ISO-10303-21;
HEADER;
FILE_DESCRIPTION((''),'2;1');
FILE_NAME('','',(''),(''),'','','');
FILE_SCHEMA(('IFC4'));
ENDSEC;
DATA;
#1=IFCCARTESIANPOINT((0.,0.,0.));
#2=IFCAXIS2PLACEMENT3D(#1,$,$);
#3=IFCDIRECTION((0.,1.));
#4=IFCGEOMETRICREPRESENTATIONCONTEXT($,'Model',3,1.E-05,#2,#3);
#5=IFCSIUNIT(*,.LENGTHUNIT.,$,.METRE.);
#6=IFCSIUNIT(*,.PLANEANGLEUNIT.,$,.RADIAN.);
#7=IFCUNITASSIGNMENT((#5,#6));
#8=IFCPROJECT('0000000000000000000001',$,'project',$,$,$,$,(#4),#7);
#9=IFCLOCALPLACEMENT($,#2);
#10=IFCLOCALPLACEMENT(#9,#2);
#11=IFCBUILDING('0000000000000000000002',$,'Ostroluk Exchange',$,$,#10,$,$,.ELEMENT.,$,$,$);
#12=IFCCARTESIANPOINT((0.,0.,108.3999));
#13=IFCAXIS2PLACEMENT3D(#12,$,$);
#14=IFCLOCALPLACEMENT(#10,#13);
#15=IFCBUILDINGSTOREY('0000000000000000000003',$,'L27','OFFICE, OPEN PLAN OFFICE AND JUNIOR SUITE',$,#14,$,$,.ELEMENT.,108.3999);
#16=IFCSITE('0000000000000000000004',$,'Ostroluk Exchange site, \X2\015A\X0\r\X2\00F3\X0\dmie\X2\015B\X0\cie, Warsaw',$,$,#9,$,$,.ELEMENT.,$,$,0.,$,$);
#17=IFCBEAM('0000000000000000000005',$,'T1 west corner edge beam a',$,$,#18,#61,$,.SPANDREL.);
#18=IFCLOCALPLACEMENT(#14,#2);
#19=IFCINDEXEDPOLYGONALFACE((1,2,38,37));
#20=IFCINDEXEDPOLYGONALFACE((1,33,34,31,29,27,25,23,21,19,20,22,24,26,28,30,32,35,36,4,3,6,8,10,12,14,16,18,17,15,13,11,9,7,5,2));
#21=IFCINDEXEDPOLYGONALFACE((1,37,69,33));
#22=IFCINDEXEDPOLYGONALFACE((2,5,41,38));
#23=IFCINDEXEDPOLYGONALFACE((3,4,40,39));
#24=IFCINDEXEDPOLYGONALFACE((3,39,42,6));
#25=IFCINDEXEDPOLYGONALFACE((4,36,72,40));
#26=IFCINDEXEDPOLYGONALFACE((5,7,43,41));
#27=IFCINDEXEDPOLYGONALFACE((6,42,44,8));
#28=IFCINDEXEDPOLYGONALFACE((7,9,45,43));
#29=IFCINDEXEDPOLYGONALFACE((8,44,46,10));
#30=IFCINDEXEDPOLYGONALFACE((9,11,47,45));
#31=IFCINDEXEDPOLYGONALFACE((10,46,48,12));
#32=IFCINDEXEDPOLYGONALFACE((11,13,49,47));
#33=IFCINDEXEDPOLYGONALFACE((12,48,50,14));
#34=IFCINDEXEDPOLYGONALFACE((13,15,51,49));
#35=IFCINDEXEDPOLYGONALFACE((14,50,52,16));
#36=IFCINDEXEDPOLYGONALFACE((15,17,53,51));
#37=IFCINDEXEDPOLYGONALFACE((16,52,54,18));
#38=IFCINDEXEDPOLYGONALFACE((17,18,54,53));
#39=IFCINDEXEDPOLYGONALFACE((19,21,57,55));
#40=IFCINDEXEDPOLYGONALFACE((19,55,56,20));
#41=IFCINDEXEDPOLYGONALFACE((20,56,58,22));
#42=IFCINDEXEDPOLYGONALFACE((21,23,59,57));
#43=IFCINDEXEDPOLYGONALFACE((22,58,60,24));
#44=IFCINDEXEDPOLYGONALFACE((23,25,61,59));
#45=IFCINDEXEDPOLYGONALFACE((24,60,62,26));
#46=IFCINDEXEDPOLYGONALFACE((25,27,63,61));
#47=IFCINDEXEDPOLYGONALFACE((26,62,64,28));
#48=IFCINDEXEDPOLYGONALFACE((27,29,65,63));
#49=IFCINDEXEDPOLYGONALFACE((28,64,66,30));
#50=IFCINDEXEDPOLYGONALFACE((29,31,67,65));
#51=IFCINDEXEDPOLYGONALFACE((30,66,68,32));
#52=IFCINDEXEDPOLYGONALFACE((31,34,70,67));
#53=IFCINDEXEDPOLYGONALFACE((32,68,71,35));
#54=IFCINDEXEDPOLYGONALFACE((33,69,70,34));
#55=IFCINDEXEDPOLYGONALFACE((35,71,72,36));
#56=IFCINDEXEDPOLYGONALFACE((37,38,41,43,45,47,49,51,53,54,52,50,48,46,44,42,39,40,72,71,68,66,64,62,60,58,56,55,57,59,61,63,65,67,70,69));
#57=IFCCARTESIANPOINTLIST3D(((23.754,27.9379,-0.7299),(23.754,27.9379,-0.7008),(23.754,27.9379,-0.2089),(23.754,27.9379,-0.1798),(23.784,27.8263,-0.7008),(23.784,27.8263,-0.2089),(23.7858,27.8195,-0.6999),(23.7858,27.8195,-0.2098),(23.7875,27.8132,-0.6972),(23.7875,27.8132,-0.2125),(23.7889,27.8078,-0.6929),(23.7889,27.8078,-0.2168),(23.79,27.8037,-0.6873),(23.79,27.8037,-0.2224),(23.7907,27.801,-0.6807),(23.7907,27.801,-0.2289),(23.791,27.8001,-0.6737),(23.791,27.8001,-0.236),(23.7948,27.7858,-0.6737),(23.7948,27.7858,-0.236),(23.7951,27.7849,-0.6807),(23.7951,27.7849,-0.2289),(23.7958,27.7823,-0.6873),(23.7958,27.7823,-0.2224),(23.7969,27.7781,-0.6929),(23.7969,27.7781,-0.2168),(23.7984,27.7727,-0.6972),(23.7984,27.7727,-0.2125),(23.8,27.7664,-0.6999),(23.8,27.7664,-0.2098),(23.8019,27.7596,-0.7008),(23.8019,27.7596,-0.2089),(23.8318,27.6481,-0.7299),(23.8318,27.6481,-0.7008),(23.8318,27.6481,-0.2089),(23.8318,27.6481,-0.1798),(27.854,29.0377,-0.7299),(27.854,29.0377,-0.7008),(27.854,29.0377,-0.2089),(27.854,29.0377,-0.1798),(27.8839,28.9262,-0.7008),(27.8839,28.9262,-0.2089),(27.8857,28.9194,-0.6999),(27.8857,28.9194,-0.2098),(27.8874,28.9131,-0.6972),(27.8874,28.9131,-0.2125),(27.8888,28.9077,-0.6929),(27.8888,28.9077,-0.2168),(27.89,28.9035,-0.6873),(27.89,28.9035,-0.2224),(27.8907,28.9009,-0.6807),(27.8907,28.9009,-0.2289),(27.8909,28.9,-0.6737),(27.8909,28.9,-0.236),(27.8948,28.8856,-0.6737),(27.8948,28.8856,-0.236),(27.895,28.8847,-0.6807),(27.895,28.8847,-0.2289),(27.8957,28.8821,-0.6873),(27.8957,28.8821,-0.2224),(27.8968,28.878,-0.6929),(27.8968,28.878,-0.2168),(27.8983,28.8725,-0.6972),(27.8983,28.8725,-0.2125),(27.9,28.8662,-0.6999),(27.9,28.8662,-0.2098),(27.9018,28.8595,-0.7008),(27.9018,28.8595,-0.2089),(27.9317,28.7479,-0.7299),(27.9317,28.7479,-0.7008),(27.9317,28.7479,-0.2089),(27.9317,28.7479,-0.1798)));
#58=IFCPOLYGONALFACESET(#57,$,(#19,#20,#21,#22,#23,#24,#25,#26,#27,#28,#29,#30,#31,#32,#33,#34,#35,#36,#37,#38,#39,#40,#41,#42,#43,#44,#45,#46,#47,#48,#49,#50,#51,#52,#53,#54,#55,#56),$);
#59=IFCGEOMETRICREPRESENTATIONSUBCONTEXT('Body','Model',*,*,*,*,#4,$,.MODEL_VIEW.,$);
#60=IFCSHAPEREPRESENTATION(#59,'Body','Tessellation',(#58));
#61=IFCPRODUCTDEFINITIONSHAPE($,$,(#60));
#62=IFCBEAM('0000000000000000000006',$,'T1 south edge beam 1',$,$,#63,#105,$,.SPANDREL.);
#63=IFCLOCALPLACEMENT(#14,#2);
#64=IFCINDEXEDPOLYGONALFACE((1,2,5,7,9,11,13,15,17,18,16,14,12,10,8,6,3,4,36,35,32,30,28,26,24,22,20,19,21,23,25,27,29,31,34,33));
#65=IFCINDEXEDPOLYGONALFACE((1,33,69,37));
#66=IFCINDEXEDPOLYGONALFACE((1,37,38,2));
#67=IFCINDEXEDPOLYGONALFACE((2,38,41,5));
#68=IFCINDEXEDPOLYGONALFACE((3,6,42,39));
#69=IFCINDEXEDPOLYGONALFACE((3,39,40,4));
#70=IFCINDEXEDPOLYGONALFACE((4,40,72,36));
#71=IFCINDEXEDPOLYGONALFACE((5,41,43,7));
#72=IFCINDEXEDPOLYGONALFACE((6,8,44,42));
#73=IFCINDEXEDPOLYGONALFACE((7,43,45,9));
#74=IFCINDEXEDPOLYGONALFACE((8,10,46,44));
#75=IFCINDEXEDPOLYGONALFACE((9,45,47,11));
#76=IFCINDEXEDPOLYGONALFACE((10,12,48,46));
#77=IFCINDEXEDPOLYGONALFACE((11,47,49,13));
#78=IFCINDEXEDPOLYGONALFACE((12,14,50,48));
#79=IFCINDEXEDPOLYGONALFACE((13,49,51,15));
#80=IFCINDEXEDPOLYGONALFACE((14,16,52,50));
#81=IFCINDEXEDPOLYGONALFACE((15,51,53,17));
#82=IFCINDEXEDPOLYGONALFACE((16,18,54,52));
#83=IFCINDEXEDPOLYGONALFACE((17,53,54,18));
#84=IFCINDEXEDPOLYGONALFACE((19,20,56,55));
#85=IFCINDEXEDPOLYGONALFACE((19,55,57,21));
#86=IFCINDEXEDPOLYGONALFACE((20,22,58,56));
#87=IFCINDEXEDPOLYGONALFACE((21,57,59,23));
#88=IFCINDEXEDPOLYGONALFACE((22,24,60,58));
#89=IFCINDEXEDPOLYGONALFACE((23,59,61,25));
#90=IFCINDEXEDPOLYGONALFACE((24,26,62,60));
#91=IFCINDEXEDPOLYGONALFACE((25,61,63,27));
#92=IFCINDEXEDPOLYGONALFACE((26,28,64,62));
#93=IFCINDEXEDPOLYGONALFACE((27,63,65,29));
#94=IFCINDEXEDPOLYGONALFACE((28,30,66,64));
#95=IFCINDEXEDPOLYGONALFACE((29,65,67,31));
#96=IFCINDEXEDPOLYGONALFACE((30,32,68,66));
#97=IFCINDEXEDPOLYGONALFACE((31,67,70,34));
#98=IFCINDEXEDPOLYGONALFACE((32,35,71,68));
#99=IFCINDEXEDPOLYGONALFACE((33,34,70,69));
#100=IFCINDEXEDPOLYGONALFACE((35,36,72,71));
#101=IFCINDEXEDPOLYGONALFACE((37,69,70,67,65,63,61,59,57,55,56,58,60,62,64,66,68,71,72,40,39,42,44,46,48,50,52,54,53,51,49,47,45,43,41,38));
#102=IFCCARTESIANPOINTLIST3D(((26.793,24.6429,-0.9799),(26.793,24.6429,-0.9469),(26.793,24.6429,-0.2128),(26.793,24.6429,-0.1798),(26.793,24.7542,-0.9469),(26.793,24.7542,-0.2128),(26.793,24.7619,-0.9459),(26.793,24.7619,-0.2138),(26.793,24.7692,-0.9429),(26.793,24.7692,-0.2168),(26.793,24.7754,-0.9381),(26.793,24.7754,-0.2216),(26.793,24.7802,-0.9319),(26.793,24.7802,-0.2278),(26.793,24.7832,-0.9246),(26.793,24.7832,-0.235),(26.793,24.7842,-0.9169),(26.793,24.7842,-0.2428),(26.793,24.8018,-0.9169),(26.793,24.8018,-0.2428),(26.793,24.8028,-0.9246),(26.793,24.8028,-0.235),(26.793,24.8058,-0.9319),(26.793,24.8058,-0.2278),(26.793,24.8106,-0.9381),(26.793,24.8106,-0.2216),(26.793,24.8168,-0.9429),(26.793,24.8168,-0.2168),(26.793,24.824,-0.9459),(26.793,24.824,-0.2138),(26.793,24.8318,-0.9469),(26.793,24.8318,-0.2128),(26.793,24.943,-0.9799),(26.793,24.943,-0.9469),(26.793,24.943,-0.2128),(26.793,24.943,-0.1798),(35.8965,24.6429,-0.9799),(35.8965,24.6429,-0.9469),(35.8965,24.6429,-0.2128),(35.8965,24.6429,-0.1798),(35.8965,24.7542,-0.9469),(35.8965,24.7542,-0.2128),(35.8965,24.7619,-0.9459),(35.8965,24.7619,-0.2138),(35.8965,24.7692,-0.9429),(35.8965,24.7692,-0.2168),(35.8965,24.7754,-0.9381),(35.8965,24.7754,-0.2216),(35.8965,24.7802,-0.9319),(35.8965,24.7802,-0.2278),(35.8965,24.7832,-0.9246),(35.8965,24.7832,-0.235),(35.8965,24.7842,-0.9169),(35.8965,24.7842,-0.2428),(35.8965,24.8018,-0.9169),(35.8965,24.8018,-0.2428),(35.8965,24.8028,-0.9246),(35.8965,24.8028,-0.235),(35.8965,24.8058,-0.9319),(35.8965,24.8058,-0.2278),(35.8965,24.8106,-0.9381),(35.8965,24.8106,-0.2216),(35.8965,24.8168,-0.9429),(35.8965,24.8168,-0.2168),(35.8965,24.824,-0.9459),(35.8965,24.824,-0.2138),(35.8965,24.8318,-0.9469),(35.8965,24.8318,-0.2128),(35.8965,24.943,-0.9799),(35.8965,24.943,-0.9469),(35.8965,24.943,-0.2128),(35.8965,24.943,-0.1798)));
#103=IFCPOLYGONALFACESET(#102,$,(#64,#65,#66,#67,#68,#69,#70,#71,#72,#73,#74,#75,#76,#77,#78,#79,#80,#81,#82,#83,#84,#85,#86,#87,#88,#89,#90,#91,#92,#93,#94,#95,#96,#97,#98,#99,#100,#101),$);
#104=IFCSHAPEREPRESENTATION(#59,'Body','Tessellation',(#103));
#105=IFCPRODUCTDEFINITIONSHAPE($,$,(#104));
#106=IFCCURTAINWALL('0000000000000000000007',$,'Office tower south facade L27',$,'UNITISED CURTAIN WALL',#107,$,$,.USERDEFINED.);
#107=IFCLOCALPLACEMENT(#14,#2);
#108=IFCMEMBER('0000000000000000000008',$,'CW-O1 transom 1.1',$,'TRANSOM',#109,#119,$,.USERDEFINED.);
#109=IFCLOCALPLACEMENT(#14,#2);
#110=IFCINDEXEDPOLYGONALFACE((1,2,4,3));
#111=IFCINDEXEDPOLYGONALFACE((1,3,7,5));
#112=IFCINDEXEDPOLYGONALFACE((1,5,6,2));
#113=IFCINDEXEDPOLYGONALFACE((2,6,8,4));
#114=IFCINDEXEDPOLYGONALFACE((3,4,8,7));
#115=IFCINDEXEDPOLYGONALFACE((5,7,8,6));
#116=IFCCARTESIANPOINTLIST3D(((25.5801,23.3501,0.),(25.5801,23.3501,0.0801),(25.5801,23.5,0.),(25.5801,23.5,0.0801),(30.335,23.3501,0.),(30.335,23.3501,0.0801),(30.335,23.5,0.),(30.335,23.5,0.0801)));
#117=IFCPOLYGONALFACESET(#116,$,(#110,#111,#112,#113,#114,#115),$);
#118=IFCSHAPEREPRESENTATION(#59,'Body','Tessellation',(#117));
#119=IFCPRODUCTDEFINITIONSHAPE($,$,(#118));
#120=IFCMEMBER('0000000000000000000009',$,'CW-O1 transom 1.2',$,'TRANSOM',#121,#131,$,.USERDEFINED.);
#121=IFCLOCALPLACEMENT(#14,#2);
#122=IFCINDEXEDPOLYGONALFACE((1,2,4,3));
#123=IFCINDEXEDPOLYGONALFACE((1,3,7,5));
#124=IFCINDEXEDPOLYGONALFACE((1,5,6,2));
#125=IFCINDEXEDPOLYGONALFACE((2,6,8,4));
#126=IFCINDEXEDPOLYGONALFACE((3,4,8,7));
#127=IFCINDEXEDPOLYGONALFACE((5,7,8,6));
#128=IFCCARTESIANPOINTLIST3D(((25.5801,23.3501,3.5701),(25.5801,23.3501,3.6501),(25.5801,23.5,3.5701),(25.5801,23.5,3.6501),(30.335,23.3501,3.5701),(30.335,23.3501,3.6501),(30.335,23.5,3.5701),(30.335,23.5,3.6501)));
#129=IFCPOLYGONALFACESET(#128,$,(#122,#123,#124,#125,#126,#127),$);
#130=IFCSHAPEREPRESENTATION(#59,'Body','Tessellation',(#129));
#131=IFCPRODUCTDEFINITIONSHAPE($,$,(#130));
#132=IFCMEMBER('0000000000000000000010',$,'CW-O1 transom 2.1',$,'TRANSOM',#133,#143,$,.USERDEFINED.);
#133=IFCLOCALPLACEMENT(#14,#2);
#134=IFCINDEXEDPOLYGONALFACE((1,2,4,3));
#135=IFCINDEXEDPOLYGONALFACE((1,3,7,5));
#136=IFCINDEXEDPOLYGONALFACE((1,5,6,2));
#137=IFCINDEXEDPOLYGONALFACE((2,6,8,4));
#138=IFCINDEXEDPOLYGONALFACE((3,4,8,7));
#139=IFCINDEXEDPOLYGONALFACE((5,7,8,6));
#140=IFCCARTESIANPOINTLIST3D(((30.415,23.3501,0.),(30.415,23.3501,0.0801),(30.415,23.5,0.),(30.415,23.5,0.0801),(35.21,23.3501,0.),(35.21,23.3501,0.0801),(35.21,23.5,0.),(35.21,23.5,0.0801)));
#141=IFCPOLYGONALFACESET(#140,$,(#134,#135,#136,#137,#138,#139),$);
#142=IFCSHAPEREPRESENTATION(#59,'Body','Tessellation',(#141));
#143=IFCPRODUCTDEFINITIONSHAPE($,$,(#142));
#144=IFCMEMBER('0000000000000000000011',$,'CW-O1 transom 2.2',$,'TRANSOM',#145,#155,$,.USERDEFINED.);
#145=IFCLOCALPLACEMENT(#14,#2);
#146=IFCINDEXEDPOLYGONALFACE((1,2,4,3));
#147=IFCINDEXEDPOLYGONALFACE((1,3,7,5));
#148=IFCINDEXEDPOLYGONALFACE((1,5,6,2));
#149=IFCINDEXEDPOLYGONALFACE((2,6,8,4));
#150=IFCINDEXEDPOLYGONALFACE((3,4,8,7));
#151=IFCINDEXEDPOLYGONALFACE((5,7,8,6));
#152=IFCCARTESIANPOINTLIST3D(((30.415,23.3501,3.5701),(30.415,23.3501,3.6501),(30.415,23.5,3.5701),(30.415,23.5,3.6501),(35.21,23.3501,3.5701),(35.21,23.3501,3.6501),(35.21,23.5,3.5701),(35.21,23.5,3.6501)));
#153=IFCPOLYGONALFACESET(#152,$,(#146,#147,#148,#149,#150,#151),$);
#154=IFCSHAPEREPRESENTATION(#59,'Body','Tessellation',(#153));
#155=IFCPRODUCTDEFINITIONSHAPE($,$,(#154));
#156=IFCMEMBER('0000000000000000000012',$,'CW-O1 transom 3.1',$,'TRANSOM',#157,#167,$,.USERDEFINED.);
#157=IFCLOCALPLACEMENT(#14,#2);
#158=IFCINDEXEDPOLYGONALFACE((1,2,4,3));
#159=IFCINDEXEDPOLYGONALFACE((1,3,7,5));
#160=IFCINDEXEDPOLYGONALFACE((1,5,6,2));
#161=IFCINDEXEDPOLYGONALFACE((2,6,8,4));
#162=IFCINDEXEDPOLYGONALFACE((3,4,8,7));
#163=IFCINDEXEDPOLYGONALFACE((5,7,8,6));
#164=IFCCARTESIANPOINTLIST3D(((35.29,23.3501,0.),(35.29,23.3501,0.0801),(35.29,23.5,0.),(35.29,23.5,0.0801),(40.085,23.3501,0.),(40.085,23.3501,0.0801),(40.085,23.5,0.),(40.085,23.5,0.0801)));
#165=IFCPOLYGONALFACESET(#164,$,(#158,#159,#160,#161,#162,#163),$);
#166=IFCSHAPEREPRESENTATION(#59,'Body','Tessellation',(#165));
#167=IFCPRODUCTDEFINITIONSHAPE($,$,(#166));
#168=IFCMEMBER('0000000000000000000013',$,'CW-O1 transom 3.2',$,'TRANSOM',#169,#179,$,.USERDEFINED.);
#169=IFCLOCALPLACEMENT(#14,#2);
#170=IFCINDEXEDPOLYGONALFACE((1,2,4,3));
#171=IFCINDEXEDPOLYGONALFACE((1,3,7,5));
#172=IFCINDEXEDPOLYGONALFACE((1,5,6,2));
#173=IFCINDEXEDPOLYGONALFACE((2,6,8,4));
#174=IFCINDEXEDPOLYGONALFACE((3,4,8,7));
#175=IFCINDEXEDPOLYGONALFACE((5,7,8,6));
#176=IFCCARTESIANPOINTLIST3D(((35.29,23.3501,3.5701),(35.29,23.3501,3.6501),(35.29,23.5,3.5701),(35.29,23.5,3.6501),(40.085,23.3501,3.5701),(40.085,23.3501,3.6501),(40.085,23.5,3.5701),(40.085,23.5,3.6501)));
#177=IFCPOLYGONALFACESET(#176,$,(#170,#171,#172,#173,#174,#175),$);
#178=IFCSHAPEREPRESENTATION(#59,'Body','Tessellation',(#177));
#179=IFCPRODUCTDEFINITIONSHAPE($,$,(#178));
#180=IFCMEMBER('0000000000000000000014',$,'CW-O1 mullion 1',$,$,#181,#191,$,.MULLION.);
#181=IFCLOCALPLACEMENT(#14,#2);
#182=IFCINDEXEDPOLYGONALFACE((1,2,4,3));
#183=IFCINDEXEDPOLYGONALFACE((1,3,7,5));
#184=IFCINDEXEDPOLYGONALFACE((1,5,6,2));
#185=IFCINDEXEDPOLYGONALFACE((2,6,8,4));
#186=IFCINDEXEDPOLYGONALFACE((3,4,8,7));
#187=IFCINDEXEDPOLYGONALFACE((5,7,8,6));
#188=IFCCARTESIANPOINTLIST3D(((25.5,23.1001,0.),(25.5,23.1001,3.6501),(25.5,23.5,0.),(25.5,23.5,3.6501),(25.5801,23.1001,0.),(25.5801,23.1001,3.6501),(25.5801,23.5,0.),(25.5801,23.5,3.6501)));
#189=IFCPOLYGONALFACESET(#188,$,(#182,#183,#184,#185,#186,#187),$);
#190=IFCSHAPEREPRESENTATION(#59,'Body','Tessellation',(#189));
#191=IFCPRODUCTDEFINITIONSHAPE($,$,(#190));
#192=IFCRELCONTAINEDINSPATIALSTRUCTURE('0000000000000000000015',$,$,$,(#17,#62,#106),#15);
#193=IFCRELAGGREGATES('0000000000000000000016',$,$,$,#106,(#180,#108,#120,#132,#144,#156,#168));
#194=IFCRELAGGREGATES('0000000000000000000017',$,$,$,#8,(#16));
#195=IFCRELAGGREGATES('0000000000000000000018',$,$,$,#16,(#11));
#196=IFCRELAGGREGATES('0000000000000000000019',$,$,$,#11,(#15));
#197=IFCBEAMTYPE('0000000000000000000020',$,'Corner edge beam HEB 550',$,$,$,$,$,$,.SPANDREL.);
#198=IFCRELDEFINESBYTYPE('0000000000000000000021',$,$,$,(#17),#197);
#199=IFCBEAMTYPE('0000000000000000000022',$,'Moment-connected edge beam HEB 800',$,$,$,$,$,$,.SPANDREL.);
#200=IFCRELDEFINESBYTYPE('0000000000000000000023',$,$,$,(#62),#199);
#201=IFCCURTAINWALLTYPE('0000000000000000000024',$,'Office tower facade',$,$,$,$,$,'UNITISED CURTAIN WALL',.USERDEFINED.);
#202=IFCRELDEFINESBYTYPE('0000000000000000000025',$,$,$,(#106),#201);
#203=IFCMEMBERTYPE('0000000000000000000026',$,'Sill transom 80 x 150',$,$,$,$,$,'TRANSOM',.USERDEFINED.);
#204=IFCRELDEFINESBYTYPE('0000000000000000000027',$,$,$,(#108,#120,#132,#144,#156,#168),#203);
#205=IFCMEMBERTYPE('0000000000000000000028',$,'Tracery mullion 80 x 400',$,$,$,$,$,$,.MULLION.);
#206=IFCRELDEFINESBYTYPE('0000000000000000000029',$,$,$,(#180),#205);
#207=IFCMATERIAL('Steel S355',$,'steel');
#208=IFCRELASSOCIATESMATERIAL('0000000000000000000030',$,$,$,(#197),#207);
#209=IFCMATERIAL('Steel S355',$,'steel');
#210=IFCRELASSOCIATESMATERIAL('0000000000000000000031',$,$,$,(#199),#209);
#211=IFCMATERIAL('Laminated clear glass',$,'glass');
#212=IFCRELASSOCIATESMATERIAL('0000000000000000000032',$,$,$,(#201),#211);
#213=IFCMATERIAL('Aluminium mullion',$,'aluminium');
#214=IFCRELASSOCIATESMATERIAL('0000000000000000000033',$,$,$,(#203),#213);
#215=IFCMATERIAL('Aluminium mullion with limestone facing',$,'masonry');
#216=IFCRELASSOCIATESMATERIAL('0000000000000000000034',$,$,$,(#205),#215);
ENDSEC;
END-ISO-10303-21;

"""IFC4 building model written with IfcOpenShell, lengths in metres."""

from ifc_helpers import new_model, si_unit, direction, frame, origin, origin_2d, place, context, subcontext, project, spatial, rectangle, i_section, extrude, material, material_profile, profile_set, type_object, element, aggregate, save


model = new_model("IFC4")

# Units and contexts
model_context = context("Model", 3, precision=1e-05, world=origin(), true_north=direction((0.0, 1.0)))
body_context = subcontext(model_context, "Body", "Model", "MODEL_VIEW")
ifc_project = project(units=[si_unit("LENGTHUNIT", "METRE"), si_unit("PLANEANGLEUNIT", "RADIAN")], contexts=[model_context])

# Site, building, storey
site_placement = place(None, origin())
site = spatial("IfcSite", under=ifc_project, at=site_placement, Name="Ostroluk Exchange site, Śródmieście, Warsaw", CompositionType="ELEMENT", RefElevation=0.0)
building_placement = place(site_placement, origin())
building = spatial("IfcBuilding", under=site, at=building_placement, Name="Ostroluk Exchange", CompositionType="ELEMENT")
storey_placement = place(building_placement, frame((0.0, 0.0, 108.3999)))
storey = spatial("IfcBuildingStorey", under=building, at=storey_placement, Name="L27", Description="OFFICE, OPEN PLAN OFFICE AND JUNIOR SUITE", CompositionType="ELEMENT", Elevation=108.3999)

# Beams
ifc_material_1 = material(Name="Steel S355", Category="steel")
ifc_material_profile_1 = material_profile(ifc_material_1, i_section(OverallWidth=0.3, OverallDepth=0.55, WebThickness=0.0149, FlangeThickness=0.0291, FilletRadius=0.0271, at=origin_2d()), Name="HEB 550")
ifc_profile_set_1 = profile_set([ifc_material_profile_1], Name="Steel S355")
beam_type_1 = type_object("IfcBeamType", Name="Corner edge beam HEB 550", PredefinedType="SPANDREL", material=ifc_profile_set_1)
beam_1_placement = place(storey_placement, frame((27.8928, 28.8928, -0.4548), z_axis=(-0.965849, -0.259105, 0.0), x_axis=(0.259105, -0.965849, 0.0)))
element("IfcBeam", 1, at=beam_1_placement, inside=storey, type_object=beam_type_1, Name="T1 west corner edge beam a", PredefinedType="SPANDREL", context=body_context, shape_type="SweptSolid", body=[
    extrude(i_section(OverallWidth=0.3, OverallDepth=0.55, WebThickness=0.0149, FlangeThickness=0.0291, FilletRadius=0.0271, at=origin_2d()), origin(), (0.0, 0.0, 1.0), 4.2449),
])
ifc_material_2 = material(Name="Steel S355", Category="steel")
ifc_material_profile_2 = material_profile(ifc_material_2, i_section(OverallWidth=0.3, OverallDepth=0.8, WebThickness=0.0176, FlangeThickness=0.033, FilletRadius=0.03, at=origin_2d()), Name="HEB 800")
ifc_profile_set_2 = profile_set([ifc_material_profile_2], Name="Steel S355")
beam_type_2 = type_object("IfcBeamType", Name="Moment-connected edge beam HEB 800", PredefinedType="SPANDREL", material=ifc_profile_set_2)
beam_2_placement = place(storey_placement, frame((26.793, 24.793, -0.5798), z_axis=(1.0, 0.0, 0.0), x_axis=(0.0, 1.0, 0.0)))
element("IfcBeam", 2, at=beam_2_placement, inside=storey, type_object=beam_type_2, Name="T1 south edge beam 1", PredefinedType="SPANDREL", context=body_context, shape_type="SweptSolid", body=[
    extrude(i_section(OverallWidth=0.3, OverallDepth=0.8, WebThickness=0.0176, FlangeThickness=0.033, FilletRadius=0.03, at=origin_2d()), origin(), (0.0, 0.0, 1.0), 9.1035),
])

# Curtain wall, members
ifc_material_3 = material(Name="Laminated clear glass", Category="glass")
curtain_wall_type = type_object("IfcCurtainWallType", Name="Office tower facade", ElementType="UNITISED CURTAIN WALL", PredefinedType="USERDEFINED", material=ifc_material_3)
curtain_wall_placement = place(storey_placement, origin())
curtain_wall = element("IfcCurtainWall", 3, at=curtain_wall_placement, inside=storey, type_object=curtain_wall_type, Name="Office tower south facade L27", ObjectType="UNITISED CURTAIN WALL", PredefinedType="USERDEFINED")
ifc_material_4 = material(Name="Aluminium mullion", Category="aluminium")
ifc_material_profile_3 = material_profile(ifc_material_4, rectangle(XDim=0.1499, YDim=0.0801, at=origin_2d()), Name="Sill transom 80 x 150")
ifc_profile_set_3 = profile_set([ifc_material_profile_3], Name="Aluminium mullion")
member_type_1 = type_object("IfcMemberType", Name="Sill transom 80 x 150", ElementType="TRANSOM", PredefinedType="USERDEFINED", material=ifc_profile_set_3)
member_1_placement = place(storey_placement, frame((25.5801, 23.425, 0.04), z_axis=(1.0, 0.0, 0.0), x_axis=(0.0, 1.0, 0.0)))
member_1 = element("IfcMember", 4, at=member_1_placement, type_object=member_type_1, Name="CW-O1 transom 1.1", ObjectType="TRANSOM", PredefinedType="USERDEFINED", context=body_context, shape_type="SweptSolid", body=[
    extrude(rectangle(XDim=0.1499, YDim=0.0801, at=origin_2d()), origin(), (0.0, 0.0, 1.0), 4.7549),
])
member_2_placement = place(storey_placement, frame((25.5801, 23.425, 3.6101), z_axis=(1.0, 0.0, 0.0), x_axis=(0.0, 1.0, 0.0)))
member_2 = element("IfcMember", 5, at=member_2_placement, type_object=member_type_1, Name="CW-O1 transom 1.2", ObjectType="TRANSOM", PredefinedType="USERDEFINED", context=body_context, shape_type="SweptSolid", body=[
    extrude(rectangle(XDim=0.1499, YDim=0.0801, at=origin_2d()), origin(), (0.0, 0.0, 1.0), 4.7549),
])
member_3_placement = place(storey_placement, frame((30.415, 23.425, 0.04), z_axis=(1.0, 0.0, 0.0), x_axis=(0.0, 1.0, 0.0)))
member_3 = element("IfcMember", 6, at=member_3_placement, type_object=member_type_1, Name="CW-O1 transom 2.1", ObjectType="TRANSOM", PredefinedType="USERDEFINED", context=body_context, shape_type="SweptSolid", body=[
    extrude(rectangle(XDim=0.1499, YDim=0.0801, at=origin_2d()), origin(), (0.0, 0.0, 1.0), 4.7949),
])
member_4_placement = place(storey_placement, frame((30.415, 23.425, 3.6101), z_axis=(1.0, 0.0, 0.0), x_axis=(0.0, 1.0, 0.0)))
member_4 = element("IfcMember", 7, at=member_4_placement, type_object=member_type_1, Name="CW-O1 transom 2.2", ObjectType="TRANSOM", PredefinedType="USERDEFINED", context=body_context, shape_type="SweptSolid", body=[
    extrude(rectangle(XDim=0.1499, YDim=0.0801, at=origin_2d()), origin(), (0.0, 0.0, 1.0), 4.7949),
])
member_5_placement = place(storey_placement, frame((35.29, 23.425, 0.04), z_axis=(1.0, 0.0, 0.0), x_axis=(0.0, 1.0, 0.0)))
member_5 = element("IfcMember", 8, at=member_5_placement, type_object=member_type_1, Name="CW-O1 transom 3.1", ObjectType="TRANSOM", PredefinedType="USERDEFINED", context=body_context, shape_type="SweptSolid", body=[
    extrude(rectangle(XDim=0.1499, YDim=0.0801, at=origin_2d()), origin(), (0.0, 0.0, 1.0), 4.7949),
])
member_6_placement = place(storey_placement, frame((35.29, 23.425, 3.6101), z_axis=(1.0, 0.0, 0.0), x_axis=(0.0, 1.0, 0.0)))
member_6 = element("IfcMember", 9, at=member_6_placement, type_object=member_type_1, Name="CW-O1 transom 3.2", ObjectType="TRANSOM", PredefinedType="USERDEFINED", context=body_context, shape_type="SweptSolid", body=[
    extrude(rectangle(XDim=0.1499, YDim=0.0801, at=origin_2d()), origin(), (0.0, 0.0, 1.0), 4.7949),
])
ifc_material_5 = material(Name="Aluminium mullion with limestone facing", Category="masonry")
ifc_material_profile_4 = material_profile(ifc_material_5, rectangle(XDim=0.3999, YDim=0.0801, at=origin_2d()), Name="Tracery mullion 80 x 400")
ifc_profile_set_4 = profile_set([ifc_material_profile_4], Name="Aluminium mullion with limestone facing")
member_type_2 = type_object("IfcMemberType", Name="Tracery mullion 80 x 400", PredefinedType="MULLION", material=ifc_profile_set_4)
member_7_placement = place(storey_placement, frame((25.54, 23.3, 0.0), z_axis=(0.0, 0.0, 1.0), x_axis=(0.0, 1.0, 0.0)))
member_7 = element("IfcMember", 10, at=member_7_placement, type_object=member_type_2, Name="CW-O1 mullion 1", PredefinedType="MULLION", context=body_context, shape_type="SweptSolid", body=[
    extrude(rectangle(XDim=0.3999, YDim=0.0801, at=origin_2d()), origin(), (0.0, 0.0, 1.0), 3.6501),
])
aggregate(curtain_wall, [member_7, member_1, member_2, member_3, member_4, member_5, member_6])

save(model, "model.ifc")
